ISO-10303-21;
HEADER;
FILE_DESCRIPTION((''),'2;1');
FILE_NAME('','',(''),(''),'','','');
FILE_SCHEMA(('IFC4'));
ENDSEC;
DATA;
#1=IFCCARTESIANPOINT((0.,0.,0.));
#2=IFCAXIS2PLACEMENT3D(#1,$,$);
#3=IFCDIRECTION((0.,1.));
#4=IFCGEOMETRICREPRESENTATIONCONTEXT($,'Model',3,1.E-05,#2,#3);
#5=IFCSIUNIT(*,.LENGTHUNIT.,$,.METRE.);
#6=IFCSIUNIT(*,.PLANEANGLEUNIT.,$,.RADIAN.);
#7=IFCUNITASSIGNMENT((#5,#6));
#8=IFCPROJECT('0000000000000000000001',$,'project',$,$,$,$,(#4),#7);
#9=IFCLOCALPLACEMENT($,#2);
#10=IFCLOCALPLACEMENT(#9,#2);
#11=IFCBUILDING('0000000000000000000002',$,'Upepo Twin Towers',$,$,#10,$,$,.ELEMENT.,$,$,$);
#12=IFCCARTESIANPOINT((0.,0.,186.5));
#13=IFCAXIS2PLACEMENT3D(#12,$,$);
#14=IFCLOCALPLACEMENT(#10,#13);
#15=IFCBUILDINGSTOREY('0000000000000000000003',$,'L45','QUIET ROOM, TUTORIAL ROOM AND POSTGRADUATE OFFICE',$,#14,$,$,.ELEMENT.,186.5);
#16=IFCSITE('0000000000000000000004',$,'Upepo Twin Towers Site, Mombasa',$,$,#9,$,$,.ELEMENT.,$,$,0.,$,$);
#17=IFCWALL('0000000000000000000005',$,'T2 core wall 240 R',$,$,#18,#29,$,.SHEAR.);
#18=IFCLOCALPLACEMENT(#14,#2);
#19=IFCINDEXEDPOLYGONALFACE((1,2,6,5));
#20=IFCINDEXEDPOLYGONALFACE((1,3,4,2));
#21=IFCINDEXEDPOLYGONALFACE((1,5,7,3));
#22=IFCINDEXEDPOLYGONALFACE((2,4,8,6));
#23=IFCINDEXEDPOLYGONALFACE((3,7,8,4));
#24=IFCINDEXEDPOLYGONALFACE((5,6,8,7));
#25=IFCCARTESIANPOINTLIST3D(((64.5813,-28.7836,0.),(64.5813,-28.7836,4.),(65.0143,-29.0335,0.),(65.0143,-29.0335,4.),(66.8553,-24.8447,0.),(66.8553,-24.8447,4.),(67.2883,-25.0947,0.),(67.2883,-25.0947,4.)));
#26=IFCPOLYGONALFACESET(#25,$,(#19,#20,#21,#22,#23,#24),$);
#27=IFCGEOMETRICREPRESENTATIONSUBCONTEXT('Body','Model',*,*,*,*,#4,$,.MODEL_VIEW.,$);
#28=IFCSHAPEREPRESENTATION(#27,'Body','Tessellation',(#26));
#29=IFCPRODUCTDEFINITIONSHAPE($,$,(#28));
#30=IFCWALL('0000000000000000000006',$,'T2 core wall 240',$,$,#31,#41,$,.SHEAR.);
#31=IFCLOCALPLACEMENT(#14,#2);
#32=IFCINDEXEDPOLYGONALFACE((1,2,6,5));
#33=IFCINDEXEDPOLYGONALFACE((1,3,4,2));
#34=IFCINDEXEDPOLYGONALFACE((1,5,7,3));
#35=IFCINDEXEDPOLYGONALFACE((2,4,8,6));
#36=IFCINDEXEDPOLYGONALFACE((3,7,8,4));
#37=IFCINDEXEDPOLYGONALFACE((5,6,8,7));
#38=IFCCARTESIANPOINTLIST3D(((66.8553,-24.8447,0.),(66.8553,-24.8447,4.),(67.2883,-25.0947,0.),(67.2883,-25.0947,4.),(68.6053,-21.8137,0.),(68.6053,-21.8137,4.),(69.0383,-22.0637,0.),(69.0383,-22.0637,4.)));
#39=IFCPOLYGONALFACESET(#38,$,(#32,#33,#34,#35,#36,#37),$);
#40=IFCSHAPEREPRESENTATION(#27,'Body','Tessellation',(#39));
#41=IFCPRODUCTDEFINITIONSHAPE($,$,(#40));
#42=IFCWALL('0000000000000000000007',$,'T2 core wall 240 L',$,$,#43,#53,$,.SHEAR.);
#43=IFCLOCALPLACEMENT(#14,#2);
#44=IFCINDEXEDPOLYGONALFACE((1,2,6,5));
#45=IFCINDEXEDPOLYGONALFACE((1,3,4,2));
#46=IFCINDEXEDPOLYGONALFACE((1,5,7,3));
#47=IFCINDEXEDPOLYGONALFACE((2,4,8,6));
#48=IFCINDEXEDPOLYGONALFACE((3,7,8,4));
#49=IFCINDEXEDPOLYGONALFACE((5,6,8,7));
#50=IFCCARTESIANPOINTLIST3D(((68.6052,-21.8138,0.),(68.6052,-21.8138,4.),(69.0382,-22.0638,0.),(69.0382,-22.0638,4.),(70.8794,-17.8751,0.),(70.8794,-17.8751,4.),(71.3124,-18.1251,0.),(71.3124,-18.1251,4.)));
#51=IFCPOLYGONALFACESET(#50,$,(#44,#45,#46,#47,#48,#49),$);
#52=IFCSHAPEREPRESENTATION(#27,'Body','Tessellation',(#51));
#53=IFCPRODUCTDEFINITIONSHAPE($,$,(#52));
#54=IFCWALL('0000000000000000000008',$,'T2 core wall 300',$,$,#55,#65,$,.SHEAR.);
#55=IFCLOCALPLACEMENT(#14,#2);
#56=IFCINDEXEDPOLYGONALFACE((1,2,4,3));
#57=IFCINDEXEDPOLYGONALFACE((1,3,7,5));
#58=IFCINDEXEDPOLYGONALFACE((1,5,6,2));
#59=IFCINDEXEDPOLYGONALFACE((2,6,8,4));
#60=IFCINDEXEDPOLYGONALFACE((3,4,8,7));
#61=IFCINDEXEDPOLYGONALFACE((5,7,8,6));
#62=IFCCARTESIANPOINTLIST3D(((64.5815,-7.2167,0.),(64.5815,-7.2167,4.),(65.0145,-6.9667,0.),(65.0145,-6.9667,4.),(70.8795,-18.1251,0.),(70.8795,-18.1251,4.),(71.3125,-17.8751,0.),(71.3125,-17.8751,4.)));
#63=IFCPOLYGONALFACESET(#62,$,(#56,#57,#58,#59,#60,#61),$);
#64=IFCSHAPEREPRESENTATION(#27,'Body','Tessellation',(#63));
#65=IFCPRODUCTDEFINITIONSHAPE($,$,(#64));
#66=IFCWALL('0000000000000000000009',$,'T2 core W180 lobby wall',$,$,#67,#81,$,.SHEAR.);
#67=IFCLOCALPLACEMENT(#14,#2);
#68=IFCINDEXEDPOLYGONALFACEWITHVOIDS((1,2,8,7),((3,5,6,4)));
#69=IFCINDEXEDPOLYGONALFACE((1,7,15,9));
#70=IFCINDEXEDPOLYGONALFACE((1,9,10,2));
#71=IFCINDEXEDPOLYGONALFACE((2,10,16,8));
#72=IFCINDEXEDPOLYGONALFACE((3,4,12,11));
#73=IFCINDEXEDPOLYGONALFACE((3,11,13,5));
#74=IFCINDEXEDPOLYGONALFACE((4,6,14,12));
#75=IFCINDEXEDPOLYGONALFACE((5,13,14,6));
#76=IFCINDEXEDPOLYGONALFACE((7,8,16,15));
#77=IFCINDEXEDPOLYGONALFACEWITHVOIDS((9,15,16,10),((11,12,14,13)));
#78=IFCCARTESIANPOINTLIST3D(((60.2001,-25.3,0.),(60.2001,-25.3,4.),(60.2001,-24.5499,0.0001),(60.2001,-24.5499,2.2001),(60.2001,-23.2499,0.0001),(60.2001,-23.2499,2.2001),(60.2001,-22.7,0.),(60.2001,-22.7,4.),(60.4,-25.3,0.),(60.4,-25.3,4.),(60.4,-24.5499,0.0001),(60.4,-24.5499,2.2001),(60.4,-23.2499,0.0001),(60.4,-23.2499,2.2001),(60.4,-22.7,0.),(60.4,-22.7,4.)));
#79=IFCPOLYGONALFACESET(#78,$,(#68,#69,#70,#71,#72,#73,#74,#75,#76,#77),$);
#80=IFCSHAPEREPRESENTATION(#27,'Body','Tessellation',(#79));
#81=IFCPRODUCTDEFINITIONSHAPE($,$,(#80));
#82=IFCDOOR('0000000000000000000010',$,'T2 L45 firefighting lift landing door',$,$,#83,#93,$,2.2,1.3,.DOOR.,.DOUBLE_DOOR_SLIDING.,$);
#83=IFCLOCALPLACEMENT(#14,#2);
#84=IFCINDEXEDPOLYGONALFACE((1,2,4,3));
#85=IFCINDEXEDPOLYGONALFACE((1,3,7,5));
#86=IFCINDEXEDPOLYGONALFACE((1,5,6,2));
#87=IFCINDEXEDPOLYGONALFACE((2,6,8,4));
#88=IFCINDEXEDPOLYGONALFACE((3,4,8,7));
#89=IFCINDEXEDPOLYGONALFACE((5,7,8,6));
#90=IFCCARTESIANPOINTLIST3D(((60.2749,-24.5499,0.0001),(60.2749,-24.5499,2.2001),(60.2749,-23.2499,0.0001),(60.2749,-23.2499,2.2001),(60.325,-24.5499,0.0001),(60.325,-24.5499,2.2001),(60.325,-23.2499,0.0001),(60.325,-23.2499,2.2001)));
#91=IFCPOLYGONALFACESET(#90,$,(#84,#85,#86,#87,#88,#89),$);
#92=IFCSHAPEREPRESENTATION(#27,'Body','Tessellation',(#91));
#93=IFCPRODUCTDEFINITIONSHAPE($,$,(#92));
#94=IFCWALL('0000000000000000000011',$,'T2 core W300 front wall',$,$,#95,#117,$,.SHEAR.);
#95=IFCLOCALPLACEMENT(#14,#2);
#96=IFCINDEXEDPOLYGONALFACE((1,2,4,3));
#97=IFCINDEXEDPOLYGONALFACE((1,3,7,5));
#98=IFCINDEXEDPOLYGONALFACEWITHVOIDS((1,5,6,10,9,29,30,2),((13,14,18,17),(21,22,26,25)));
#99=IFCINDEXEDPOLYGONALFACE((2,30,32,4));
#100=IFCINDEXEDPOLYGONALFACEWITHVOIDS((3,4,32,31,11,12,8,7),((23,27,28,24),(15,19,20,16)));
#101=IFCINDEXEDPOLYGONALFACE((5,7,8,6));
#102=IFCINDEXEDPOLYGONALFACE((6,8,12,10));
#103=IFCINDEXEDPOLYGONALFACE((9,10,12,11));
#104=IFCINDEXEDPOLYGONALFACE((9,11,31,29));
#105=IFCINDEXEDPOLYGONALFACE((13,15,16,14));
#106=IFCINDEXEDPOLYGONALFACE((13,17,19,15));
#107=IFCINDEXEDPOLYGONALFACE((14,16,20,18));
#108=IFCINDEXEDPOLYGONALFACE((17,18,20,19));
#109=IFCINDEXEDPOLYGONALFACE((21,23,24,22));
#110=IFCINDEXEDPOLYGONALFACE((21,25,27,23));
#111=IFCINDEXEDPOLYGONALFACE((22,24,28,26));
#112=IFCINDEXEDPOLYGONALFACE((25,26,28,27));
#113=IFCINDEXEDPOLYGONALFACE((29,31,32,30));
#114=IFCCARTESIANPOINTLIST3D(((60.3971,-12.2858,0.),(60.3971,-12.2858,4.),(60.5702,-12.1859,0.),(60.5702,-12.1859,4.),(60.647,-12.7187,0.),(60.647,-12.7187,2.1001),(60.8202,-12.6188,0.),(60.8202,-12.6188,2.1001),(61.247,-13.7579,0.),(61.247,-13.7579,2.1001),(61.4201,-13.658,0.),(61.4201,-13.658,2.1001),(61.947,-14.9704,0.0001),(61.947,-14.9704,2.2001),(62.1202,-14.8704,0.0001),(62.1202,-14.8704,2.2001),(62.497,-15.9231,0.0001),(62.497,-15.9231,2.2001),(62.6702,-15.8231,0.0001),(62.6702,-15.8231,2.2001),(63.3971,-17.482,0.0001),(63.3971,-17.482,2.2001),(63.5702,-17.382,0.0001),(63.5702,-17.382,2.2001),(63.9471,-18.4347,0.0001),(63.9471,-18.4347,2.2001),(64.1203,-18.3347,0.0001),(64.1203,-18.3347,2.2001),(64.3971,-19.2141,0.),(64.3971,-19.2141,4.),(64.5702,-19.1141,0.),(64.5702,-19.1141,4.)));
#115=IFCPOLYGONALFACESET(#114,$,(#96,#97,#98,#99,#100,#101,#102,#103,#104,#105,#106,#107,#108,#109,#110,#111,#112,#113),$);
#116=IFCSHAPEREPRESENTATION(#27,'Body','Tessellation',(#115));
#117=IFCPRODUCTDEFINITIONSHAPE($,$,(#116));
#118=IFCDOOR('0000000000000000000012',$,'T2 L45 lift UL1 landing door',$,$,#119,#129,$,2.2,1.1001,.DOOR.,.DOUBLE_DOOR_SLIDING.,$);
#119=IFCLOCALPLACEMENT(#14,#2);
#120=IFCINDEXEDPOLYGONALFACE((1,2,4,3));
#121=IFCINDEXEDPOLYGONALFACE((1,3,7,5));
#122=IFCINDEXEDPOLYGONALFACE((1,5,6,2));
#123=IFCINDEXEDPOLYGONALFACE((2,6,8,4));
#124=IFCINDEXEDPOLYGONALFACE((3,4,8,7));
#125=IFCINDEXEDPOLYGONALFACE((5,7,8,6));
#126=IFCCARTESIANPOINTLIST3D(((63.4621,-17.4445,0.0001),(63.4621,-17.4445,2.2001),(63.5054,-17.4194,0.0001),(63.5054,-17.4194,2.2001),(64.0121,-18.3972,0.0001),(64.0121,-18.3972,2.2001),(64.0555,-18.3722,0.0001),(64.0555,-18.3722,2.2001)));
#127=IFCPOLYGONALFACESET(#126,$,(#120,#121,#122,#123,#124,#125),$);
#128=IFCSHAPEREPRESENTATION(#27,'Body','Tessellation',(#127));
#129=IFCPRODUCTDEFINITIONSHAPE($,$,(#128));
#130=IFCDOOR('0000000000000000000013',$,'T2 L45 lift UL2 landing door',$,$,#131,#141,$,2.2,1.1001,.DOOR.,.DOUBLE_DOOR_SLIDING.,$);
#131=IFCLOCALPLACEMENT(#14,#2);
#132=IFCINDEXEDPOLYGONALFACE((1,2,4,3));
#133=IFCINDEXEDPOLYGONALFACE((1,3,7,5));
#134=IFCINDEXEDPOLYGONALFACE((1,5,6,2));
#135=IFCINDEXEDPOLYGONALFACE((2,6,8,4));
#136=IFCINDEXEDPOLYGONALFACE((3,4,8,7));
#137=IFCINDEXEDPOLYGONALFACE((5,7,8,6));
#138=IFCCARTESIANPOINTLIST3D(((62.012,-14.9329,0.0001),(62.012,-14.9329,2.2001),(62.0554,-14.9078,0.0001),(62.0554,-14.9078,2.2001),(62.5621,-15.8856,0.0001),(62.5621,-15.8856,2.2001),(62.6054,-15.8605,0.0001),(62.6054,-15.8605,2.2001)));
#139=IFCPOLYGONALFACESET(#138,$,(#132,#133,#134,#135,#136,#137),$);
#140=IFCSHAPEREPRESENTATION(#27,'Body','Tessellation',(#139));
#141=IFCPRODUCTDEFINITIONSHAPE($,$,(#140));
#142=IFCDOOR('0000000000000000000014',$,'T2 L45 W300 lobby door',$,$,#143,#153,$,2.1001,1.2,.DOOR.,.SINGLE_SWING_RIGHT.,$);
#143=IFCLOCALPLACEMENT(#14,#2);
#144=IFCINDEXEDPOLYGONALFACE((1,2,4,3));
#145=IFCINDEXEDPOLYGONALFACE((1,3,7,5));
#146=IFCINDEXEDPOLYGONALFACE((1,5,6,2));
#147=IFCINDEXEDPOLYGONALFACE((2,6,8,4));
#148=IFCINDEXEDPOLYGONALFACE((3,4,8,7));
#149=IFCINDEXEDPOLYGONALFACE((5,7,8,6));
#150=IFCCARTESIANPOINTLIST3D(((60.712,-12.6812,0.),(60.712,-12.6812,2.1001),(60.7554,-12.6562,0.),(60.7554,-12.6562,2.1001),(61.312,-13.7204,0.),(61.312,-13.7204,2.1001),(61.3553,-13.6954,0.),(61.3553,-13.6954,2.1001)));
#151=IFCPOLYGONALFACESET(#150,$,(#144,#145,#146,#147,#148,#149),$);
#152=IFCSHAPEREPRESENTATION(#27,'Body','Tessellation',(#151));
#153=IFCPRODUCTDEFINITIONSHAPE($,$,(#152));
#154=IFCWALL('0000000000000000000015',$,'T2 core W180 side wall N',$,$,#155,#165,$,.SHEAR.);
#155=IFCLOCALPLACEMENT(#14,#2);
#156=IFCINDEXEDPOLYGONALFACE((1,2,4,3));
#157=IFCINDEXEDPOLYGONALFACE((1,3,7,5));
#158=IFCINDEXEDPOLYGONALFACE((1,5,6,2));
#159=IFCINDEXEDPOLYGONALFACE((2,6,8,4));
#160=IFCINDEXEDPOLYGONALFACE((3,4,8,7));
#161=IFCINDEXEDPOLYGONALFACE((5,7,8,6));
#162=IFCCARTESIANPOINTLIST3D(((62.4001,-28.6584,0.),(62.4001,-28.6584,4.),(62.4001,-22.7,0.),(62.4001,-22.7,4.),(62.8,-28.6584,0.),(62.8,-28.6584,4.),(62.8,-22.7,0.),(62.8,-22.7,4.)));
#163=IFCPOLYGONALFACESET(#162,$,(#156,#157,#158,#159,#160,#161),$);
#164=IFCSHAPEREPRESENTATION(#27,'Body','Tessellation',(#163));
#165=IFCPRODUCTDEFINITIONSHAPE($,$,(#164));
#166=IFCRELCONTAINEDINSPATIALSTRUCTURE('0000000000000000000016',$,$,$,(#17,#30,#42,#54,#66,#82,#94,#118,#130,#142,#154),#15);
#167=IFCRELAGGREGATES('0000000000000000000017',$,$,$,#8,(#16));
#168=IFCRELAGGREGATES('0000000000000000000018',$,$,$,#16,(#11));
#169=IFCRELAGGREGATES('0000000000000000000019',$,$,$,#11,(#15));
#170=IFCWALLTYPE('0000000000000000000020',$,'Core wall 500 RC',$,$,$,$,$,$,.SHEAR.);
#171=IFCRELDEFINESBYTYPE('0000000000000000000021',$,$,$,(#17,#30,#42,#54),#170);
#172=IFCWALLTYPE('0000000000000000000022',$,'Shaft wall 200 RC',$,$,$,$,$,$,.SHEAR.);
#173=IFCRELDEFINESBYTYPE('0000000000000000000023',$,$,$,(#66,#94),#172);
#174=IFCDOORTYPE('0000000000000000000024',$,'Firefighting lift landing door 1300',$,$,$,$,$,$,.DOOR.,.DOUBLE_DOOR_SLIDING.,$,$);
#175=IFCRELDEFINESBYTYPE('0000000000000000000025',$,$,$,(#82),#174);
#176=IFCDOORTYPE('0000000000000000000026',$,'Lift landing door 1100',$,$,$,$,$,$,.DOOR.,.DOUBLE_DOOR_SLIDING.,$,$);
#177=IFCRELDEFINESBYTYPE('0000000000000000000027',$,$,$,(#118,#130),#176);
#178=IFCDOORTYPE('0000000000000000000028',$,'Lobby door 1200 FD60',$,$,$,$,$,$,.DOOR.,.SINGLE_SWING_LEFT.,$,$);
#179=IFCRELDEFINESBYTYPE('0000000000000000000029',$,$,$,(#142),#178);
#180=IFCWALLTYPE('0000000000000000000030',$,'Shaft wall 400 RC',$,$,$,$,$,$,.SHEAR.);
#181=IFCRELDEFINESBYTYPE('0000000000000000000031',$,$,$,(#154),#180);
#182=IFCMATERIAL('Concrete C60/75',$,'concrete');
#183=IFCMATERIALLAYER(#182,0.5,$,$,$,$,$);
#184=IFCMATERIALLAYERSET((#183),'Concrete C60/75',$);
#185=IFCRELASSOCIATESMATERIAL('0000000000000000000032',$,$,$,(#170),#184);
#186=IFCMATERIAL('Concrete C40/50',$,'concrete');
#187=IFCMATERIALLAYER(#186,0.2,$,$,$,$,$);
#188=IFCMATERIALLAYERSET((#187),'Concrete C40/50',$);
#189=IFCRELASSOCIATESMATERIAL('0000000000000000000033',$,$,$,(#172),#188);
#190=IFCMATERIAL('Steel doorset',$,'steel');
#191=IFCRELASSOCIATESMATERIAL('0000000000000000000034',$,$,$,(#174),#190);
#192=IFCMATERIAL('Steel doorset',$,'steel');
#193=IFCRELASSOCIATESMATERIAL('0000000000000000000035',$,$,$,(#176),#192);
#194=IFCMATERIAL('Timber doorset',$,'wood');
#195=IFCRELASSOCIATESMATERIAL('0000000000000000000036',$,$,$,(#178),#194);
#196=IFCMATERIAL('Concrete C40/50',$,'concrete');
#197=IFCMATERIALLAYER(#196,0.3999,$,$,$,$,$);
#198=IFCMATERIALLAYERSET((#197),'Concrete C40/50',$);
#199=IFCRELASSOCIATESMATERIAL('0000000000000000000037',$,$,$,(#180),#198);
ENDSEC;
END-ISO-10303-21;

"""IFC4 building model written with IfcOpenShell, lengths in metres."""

from ifc_helpers import new_model, si_unit, direction, frame, frame_2d, origin, place, context, subcontext, project, spatial, rectangle, extrude, material, layer, layer_set, type_object, element, fill, save


model = new_model("IFC4")

# Units and contexts
model_context = context("Model", 3, precision=1e-05, world=origin(), true_north=direction((0.0, 1.0)))
body_context = subcontext(model_context, "Body", "Model", "MODEL_VIEW")
ifc_project = project(units=[si_unit("LENGTHUNIT", "METRE"), si_unit("PLANEANGLEUNIT", "RADIAN")], contexts=[model_context])

# Site, building, storey
site_placement = place(None, origin())
site = spatial("IfcSite", under=ifc_project, at=site_placement, Name="Upepo Twin Towers Site, Mombasa", CompositionType="ELEMENT", RefElevation=0.0)
building_placement = place(site_placement, origin())
building = spatial("IfcBuilding", under=site, at=building_placement, Name="Upepo Twin Towers", CompositionType="ELEMENT")
storey_placement = place(building_placement, frame((0.0, 0.0, 186.5)))
storey = spatial("IfcBuildingStorey", under=building, at=storey_placement, Name="L45", Description="QUIET ROOM, TUTORIAL ROOM AND POSTGRADUATE OFFICE", CompositionType="ELEMENT", Elevation=186.5)

# Walls
ifc_material_1 = material(Name="Concrete C60/75", Category="concrete")
ifc_layer_1 = layer(ifc_material_1, 0.5)
ifc_layer_set_1 = layer_set([ifc_layer_1], Name="Concrete C60/75")
wall_type_1 = type_object("IfcWallType", Name="Core wall 500 RC", PredefinedType="SHEAR", material=ifc_layer_set_1)
wall_1_placement = place(storey_placement, frame((64.7979, -28.9084, 0.0), z_axis=(0.0, 0.0, 1.0), x_axis=(0.499984, 0.866035, 0.0)))
element("IfcWall", 1, at=wall_1_placement, inside=storey, type_object=wall_type_1, Name="T2 core wall 240 R", PredefinedType="SHEAR", context=body_context, shape_type="SweptSolid", body=[
    extrude(rectangle(XDim=4.5481, YDim=0.5, at=frame_2d((2.2739, 0.0))), origin(), (0.0, 0.0, 1.0), 4.0),
])
wall_2_placement = place(storey_placement, frame((67.0718, -24.9697, 0.0), z_axis=(0.0, 0.0, 1.0), x_axis=(0.50001, 0.866019, 0.0)))
element("IfcWall", 2, at=wall_2_placement, inside=storey, type_object=wall_type_1, Name="T2 core wall 240", PredefinedType="SHEAR", context=body_context, shape_type="SweptSolid", body=[
    extrude(rectangle(XDim=3.5, YDim=0.5, at=frame_2d((1.75, 0.0))), origin(), (0.0, 0.0, 1.0), 4.0),
])
wall_3_placement = place(storey_placement, frame((68.8218, -21.9387, 0.0), z_axis=(0.0, 0.0, 1.0), x_axis=(0.500024, 0.866011, 0.0)))
element("IfcWall", 3, at=wall_3_placement, inside=storey, type_object=wall_type_1, Name="T2 core wall 240 L", PredefinedType="SHEAR", context=body_context, shape_type="SweptSolid", body=[
    extrude(rectangle(XDim=4.5481, YDim=0.5, at=frame_2d((2.2739, 0.0))), origin(), (0.0, 0.0, 1.0), 4.0),
])
wall_4_placement = place(storey_placement, frame((71.0959, -18.0, 0.0), z_axis=(0.0, 0.0, 1.0), x_axis=(-0.500006, 0.866022, 0.0)))
element("IfcWall", 4, at=wall_4_placement, inside=storey, type_object=wall_type_1, Name="T2 core wall 300", PredefinedType="SHEAR", context=body_context, shape_type="SweptSolid", body=[
    extrude(rectangle(XDim=12.5959, YDim=0.5, at=frame_2d((6.2979, 0.0))), origin(), (0.0, 0.0, 1.0), 4.0),
])

# Wall, opening, door
ifc_material_2 = material(Name="Concrete C40/50", Category="concrete")
ifc_layer_2 = layer(ifc_material_2, 0.2)
ifc_layer_set_2 = layer_set([ifc_layer_2], Name="Concrete C40/50")
wall_type_2 = type_object("IfcWallType", Name="Shaft wall 200 RC", PredefinedType="SHEAR", material=ifc_layer_set_2)
wall_5_placement = place(storey_placement, frame((60.3, -22.7, 0.0), z_axis=(0.0, 0.0, 1.0), x_axis=(0.0, -1.0, 0.0)))
wall_5 = element("IfcWall", 5, at=wall_5_placement, inside=storey, type_object=wall_type_2, Name="T2 core W180 lobby wall", PredefinedType="SHEAR", context=body_context, shape_type="SweptSolid", body=[
    extrude(rectangle(XDim=2.6001, YDim=0.2, at=frame_2d((1.3, 0.0))), origin(), (0.0, 0.0, 1.0), 4.0),
])
opening_1_placement = place(wall_5_placement, frame((0.55, 0.0, 0.0)))
opening_1 = element("IfcOpeningElement", 6, at=opening_1_placement, cuts=wall_5, PredefinedType="OPENING", context=body_context, shape_type="SweptSolid", body=[
    extrude(rectangle(XDim=1.3, YDim=2.2, at=frame_2d((0.6499, 1.1001))), frame((0.0, 0.1099, 0.0), z_axis=(0.0, -1.0, 0.0), x_axis=(1.0, 0.0, 0.0)), (0.0, 0.0, 1.0), 0.22),
])
ifc_material_3 = material(Name="Steel doorset", Category="steel")
door_type_1 = type_object("IfcDoorType", Name="Firefighting lift landing door 1300", OperationType="DOUBLE_DOOR_SLIDING", PredefinedType="DOOR", material=ifc_material_3)
door_1_placement = place(opening_1_placement, origin())
door_1 = element("IfcDoor", 7, at=door_1_placement, inside=storey, type_object=door_type_1, Name="T2 L45 firefighting lift landing door", OperationType="DOUBLE_DOOR_SLIDING", OverallHeight=2.2, OverallWidth=1.3, PredefinedType="DOOR", context=body_context, shape_type="SweptSolid", body=[
    extrude(rectangle(XDim=1.3, YDim=2.2, at=frame_2d((0.6499, 1.1001))), frame((0.0, 0.0249, 0.0), z_axis=(0.0, -1.0, 0.0), x_axis=(1.0, 0.0, 0.0)), (0.0, 0.0, 1.0), 0.05),
])
fill(opening_1, door_1)

# Wall, openings, doors
wall_6_placement = place(storey_placement, frame((64.4836, -19.1641, 0.0), z_axis=(0.0, 0.0, 1.0), x_axis=(-0.499999, 0.866026, 0.0)))
wall_6 = element("IfcWall", 8, at=wall_6_placement, inside=storey, type_object=wall_type_2, Name="T2 core W300 front wall", PredefinedType="SHEAR", context=body_context, shape_type="SweptSolid", body=[
    extrude(rectangle(XDim=8.0, YDim=0.2, at=frame_2d((4.0, 0.0))), origin(), (0.0, 0.0, 1.0), 4.0),
])
opening_2_placement = place(wall_6_placement, frame((6.3, 0.0, 0.0)))
opening_2 = element("IfcOpeningElement", 9, at=opening_2_placement, cuts=wall_6, PredefinedType="OPENING", context=body_context, shape_type="SweptSolid", body=[
    extrude(rectangle(XDim=1.2, YDim=2.1001, at=frame_2d((0.6001, 1.05))), frame((0.0, 0.1099, 0.0), z_axis=(0.0, -1.0, 0.0), x_axis=(1.0, 0.0, 0.0)), (0.0, 0.0, 1.0), 0.22),
])
opening_3_placement = place(wall_6_placement, frame((0.8999, 0.0, 0.0)))
opening_3 = element("IfcOpeningElement", 10, at=opening_3_placement, cuts=wall_6, PredefinedType="OPENING", context=body_context, shape_type="SweptSolid", body=[
    extrude(rectangle(XDim=1.1001, YDim=2.2, at=frame_2d((0.55, 1.1001))), frame((0.0, 0.1099, 0.0), z_axis=(0.0, -1.0, 0.0), x_axis=(1.0, 0.0, 0.0)), (0.0, 0.0, 1.0), 0.22),
])
opening_4_placement = place(wall_6_placement, frame((3.8, 0.0, 0.0)))
opening_4 = element("IfcOpeningElement", 11, at=opening_4_placement, cuts=wall_6, PredefinedType="OPENING", context=body_context, shape_type="SweptSolid", body=[
    extrude(rectangle(XDim=1.1001, YDim=2.2, at=frame_2d((0.55, 1.1001))), frame((0.0, 0.1099, 0.0), z_axis=(0.0, -1.0, 0.0), x_axis=(1.0, 0.0, 0.0)), (0.0, 0.0, 1.0), 0.22),
])
ifc_material_4 = material(Name="Steel doorset", Category="steel")
door_type_2 = type_object("IfcDoorType", Name="Lift landing door 1100", OperationType="DOUBLE_DOOR_SLIDING", PredefinedType="DOOR", material=ifc_material_4)
door_2_placement = place(opening_3_placement, origin())
door_2 = element("IfcDoor", 12, at=door_2_placement, inside=storey, type_object=door_type_2, Name="T2 L45 lift UL1 landing door", OperationType="DOUBLE_DOOR_SLIDING", OverallHeight=2.2, OverallWidth=1.1001, PredefinedType="DOOR", context=body_context, shape_type="SweptSolid", body=[
    extrude(rectangle(XDim=1.1001, YDim=2.2, at=frame_2d((0.55, 1.1001))), frame((0.0, 0.0249, 0.0), z_axis=(0.0, -1.0, 0.0), x_axis=(1.0, 0.0, 0.0)), (0.0, 0.0, 1.0), 0.05),
])
fill(opening_3, door_2)
door_3_placement = place(opening_4_placement, origin())
door_3 = element("IfcDoor", 13, at=door_3_placement, inside=storey, type_object=door_type_2, Name="T2 L45 lift UL2 landing door", OperationType="DOUBLE_DOOR_SLIDING", OverallHeight=2.2, OverallWidth=1.1001, PredefinedType="DOOR", context=body_context, shape_type="SweptSolid", body=[
    extrude(rectangle(XDim=1.1001, YDim=2.2, at=frame_2d((0.55, 1.1001))), frame((0.0, 0.0249, 0.0), z_axis=(0.0, -1.0, 0.0), x_axis=(1.0, 0.0, 0.0)), (0.0, 0.0, 1.0), 0.05),
])
fill(opening_4, door_3)
ifc_material_5 = material(Name="Timber doorset", Category="wood")
door_type_3 = type_object("IfcDoorType", Name="Lobby door 1200 FD60", OperationType="SINGLE_SWING_LEFT", PredefinedType="DOOR", material=ifc_material_5)
door_4_placement = place(opening_2_placement, origin())
door_4 = element("IfcDoor", 14, at=door_4_placement, inside=storey, type_object=door_type_3, Name="T2 L45 W300 lobby door", OperationType="SINGLE_SWING_RIGHT", OverallHeight=2.1001, OverallWidth=1.2, PredefinedType="DOOR", context=body_context, shape_type="SweptSolid", body=[
    extrude(rectangle(XDim=1.2, YDim=2.1001, at=frame_2d((0.6001, 1.05))), frame((0.0, 0.0249, 0.0), z_axis=(0.0, -1.0, 0.0), x_axis=(1.0, 0.0, 0.0)), (0.0, 0.0, 1.0), 0.05),
])
fill(opening_2, door_4)

# Wall
ifc_material_6 = material(Name="Concrete C40/50", Category="concrete")
ifc_layer_3 = layer(ifc_material_6, 0.3999)
ifc_layer_set_3 = layer_set([ifc_layer_3], Name="Concrete C40/50")
wall_type_3 = type_object("IfcWallType", Name="Shaft wall 400 RC", PredefinedType="SHEAR", material=ifc_layer_set_3)
wall_7_placement = place(storey_placement, frame((62.6001, -22.7, 0.0), z_axis=(0.0, 0.0, 1.0), x_axis=(0.0, -1.0, 0.0)))
element("IfcWall", 15, at=wall_7_placement, inside=storey, type_object=wall_type_3, Name="T2 core W180 side wall N", PredefinedType="SHEAR", context=body_context, shape_type="SweptSolid", body=[
    extrude(rectangle(XDim=5.9585, YDim=0.3999, at=frame_2d((2.9792, 0.0))), origin(), (0.0, 0.0, 1.0), 4.0),
])

save(model, "model.ifc")
